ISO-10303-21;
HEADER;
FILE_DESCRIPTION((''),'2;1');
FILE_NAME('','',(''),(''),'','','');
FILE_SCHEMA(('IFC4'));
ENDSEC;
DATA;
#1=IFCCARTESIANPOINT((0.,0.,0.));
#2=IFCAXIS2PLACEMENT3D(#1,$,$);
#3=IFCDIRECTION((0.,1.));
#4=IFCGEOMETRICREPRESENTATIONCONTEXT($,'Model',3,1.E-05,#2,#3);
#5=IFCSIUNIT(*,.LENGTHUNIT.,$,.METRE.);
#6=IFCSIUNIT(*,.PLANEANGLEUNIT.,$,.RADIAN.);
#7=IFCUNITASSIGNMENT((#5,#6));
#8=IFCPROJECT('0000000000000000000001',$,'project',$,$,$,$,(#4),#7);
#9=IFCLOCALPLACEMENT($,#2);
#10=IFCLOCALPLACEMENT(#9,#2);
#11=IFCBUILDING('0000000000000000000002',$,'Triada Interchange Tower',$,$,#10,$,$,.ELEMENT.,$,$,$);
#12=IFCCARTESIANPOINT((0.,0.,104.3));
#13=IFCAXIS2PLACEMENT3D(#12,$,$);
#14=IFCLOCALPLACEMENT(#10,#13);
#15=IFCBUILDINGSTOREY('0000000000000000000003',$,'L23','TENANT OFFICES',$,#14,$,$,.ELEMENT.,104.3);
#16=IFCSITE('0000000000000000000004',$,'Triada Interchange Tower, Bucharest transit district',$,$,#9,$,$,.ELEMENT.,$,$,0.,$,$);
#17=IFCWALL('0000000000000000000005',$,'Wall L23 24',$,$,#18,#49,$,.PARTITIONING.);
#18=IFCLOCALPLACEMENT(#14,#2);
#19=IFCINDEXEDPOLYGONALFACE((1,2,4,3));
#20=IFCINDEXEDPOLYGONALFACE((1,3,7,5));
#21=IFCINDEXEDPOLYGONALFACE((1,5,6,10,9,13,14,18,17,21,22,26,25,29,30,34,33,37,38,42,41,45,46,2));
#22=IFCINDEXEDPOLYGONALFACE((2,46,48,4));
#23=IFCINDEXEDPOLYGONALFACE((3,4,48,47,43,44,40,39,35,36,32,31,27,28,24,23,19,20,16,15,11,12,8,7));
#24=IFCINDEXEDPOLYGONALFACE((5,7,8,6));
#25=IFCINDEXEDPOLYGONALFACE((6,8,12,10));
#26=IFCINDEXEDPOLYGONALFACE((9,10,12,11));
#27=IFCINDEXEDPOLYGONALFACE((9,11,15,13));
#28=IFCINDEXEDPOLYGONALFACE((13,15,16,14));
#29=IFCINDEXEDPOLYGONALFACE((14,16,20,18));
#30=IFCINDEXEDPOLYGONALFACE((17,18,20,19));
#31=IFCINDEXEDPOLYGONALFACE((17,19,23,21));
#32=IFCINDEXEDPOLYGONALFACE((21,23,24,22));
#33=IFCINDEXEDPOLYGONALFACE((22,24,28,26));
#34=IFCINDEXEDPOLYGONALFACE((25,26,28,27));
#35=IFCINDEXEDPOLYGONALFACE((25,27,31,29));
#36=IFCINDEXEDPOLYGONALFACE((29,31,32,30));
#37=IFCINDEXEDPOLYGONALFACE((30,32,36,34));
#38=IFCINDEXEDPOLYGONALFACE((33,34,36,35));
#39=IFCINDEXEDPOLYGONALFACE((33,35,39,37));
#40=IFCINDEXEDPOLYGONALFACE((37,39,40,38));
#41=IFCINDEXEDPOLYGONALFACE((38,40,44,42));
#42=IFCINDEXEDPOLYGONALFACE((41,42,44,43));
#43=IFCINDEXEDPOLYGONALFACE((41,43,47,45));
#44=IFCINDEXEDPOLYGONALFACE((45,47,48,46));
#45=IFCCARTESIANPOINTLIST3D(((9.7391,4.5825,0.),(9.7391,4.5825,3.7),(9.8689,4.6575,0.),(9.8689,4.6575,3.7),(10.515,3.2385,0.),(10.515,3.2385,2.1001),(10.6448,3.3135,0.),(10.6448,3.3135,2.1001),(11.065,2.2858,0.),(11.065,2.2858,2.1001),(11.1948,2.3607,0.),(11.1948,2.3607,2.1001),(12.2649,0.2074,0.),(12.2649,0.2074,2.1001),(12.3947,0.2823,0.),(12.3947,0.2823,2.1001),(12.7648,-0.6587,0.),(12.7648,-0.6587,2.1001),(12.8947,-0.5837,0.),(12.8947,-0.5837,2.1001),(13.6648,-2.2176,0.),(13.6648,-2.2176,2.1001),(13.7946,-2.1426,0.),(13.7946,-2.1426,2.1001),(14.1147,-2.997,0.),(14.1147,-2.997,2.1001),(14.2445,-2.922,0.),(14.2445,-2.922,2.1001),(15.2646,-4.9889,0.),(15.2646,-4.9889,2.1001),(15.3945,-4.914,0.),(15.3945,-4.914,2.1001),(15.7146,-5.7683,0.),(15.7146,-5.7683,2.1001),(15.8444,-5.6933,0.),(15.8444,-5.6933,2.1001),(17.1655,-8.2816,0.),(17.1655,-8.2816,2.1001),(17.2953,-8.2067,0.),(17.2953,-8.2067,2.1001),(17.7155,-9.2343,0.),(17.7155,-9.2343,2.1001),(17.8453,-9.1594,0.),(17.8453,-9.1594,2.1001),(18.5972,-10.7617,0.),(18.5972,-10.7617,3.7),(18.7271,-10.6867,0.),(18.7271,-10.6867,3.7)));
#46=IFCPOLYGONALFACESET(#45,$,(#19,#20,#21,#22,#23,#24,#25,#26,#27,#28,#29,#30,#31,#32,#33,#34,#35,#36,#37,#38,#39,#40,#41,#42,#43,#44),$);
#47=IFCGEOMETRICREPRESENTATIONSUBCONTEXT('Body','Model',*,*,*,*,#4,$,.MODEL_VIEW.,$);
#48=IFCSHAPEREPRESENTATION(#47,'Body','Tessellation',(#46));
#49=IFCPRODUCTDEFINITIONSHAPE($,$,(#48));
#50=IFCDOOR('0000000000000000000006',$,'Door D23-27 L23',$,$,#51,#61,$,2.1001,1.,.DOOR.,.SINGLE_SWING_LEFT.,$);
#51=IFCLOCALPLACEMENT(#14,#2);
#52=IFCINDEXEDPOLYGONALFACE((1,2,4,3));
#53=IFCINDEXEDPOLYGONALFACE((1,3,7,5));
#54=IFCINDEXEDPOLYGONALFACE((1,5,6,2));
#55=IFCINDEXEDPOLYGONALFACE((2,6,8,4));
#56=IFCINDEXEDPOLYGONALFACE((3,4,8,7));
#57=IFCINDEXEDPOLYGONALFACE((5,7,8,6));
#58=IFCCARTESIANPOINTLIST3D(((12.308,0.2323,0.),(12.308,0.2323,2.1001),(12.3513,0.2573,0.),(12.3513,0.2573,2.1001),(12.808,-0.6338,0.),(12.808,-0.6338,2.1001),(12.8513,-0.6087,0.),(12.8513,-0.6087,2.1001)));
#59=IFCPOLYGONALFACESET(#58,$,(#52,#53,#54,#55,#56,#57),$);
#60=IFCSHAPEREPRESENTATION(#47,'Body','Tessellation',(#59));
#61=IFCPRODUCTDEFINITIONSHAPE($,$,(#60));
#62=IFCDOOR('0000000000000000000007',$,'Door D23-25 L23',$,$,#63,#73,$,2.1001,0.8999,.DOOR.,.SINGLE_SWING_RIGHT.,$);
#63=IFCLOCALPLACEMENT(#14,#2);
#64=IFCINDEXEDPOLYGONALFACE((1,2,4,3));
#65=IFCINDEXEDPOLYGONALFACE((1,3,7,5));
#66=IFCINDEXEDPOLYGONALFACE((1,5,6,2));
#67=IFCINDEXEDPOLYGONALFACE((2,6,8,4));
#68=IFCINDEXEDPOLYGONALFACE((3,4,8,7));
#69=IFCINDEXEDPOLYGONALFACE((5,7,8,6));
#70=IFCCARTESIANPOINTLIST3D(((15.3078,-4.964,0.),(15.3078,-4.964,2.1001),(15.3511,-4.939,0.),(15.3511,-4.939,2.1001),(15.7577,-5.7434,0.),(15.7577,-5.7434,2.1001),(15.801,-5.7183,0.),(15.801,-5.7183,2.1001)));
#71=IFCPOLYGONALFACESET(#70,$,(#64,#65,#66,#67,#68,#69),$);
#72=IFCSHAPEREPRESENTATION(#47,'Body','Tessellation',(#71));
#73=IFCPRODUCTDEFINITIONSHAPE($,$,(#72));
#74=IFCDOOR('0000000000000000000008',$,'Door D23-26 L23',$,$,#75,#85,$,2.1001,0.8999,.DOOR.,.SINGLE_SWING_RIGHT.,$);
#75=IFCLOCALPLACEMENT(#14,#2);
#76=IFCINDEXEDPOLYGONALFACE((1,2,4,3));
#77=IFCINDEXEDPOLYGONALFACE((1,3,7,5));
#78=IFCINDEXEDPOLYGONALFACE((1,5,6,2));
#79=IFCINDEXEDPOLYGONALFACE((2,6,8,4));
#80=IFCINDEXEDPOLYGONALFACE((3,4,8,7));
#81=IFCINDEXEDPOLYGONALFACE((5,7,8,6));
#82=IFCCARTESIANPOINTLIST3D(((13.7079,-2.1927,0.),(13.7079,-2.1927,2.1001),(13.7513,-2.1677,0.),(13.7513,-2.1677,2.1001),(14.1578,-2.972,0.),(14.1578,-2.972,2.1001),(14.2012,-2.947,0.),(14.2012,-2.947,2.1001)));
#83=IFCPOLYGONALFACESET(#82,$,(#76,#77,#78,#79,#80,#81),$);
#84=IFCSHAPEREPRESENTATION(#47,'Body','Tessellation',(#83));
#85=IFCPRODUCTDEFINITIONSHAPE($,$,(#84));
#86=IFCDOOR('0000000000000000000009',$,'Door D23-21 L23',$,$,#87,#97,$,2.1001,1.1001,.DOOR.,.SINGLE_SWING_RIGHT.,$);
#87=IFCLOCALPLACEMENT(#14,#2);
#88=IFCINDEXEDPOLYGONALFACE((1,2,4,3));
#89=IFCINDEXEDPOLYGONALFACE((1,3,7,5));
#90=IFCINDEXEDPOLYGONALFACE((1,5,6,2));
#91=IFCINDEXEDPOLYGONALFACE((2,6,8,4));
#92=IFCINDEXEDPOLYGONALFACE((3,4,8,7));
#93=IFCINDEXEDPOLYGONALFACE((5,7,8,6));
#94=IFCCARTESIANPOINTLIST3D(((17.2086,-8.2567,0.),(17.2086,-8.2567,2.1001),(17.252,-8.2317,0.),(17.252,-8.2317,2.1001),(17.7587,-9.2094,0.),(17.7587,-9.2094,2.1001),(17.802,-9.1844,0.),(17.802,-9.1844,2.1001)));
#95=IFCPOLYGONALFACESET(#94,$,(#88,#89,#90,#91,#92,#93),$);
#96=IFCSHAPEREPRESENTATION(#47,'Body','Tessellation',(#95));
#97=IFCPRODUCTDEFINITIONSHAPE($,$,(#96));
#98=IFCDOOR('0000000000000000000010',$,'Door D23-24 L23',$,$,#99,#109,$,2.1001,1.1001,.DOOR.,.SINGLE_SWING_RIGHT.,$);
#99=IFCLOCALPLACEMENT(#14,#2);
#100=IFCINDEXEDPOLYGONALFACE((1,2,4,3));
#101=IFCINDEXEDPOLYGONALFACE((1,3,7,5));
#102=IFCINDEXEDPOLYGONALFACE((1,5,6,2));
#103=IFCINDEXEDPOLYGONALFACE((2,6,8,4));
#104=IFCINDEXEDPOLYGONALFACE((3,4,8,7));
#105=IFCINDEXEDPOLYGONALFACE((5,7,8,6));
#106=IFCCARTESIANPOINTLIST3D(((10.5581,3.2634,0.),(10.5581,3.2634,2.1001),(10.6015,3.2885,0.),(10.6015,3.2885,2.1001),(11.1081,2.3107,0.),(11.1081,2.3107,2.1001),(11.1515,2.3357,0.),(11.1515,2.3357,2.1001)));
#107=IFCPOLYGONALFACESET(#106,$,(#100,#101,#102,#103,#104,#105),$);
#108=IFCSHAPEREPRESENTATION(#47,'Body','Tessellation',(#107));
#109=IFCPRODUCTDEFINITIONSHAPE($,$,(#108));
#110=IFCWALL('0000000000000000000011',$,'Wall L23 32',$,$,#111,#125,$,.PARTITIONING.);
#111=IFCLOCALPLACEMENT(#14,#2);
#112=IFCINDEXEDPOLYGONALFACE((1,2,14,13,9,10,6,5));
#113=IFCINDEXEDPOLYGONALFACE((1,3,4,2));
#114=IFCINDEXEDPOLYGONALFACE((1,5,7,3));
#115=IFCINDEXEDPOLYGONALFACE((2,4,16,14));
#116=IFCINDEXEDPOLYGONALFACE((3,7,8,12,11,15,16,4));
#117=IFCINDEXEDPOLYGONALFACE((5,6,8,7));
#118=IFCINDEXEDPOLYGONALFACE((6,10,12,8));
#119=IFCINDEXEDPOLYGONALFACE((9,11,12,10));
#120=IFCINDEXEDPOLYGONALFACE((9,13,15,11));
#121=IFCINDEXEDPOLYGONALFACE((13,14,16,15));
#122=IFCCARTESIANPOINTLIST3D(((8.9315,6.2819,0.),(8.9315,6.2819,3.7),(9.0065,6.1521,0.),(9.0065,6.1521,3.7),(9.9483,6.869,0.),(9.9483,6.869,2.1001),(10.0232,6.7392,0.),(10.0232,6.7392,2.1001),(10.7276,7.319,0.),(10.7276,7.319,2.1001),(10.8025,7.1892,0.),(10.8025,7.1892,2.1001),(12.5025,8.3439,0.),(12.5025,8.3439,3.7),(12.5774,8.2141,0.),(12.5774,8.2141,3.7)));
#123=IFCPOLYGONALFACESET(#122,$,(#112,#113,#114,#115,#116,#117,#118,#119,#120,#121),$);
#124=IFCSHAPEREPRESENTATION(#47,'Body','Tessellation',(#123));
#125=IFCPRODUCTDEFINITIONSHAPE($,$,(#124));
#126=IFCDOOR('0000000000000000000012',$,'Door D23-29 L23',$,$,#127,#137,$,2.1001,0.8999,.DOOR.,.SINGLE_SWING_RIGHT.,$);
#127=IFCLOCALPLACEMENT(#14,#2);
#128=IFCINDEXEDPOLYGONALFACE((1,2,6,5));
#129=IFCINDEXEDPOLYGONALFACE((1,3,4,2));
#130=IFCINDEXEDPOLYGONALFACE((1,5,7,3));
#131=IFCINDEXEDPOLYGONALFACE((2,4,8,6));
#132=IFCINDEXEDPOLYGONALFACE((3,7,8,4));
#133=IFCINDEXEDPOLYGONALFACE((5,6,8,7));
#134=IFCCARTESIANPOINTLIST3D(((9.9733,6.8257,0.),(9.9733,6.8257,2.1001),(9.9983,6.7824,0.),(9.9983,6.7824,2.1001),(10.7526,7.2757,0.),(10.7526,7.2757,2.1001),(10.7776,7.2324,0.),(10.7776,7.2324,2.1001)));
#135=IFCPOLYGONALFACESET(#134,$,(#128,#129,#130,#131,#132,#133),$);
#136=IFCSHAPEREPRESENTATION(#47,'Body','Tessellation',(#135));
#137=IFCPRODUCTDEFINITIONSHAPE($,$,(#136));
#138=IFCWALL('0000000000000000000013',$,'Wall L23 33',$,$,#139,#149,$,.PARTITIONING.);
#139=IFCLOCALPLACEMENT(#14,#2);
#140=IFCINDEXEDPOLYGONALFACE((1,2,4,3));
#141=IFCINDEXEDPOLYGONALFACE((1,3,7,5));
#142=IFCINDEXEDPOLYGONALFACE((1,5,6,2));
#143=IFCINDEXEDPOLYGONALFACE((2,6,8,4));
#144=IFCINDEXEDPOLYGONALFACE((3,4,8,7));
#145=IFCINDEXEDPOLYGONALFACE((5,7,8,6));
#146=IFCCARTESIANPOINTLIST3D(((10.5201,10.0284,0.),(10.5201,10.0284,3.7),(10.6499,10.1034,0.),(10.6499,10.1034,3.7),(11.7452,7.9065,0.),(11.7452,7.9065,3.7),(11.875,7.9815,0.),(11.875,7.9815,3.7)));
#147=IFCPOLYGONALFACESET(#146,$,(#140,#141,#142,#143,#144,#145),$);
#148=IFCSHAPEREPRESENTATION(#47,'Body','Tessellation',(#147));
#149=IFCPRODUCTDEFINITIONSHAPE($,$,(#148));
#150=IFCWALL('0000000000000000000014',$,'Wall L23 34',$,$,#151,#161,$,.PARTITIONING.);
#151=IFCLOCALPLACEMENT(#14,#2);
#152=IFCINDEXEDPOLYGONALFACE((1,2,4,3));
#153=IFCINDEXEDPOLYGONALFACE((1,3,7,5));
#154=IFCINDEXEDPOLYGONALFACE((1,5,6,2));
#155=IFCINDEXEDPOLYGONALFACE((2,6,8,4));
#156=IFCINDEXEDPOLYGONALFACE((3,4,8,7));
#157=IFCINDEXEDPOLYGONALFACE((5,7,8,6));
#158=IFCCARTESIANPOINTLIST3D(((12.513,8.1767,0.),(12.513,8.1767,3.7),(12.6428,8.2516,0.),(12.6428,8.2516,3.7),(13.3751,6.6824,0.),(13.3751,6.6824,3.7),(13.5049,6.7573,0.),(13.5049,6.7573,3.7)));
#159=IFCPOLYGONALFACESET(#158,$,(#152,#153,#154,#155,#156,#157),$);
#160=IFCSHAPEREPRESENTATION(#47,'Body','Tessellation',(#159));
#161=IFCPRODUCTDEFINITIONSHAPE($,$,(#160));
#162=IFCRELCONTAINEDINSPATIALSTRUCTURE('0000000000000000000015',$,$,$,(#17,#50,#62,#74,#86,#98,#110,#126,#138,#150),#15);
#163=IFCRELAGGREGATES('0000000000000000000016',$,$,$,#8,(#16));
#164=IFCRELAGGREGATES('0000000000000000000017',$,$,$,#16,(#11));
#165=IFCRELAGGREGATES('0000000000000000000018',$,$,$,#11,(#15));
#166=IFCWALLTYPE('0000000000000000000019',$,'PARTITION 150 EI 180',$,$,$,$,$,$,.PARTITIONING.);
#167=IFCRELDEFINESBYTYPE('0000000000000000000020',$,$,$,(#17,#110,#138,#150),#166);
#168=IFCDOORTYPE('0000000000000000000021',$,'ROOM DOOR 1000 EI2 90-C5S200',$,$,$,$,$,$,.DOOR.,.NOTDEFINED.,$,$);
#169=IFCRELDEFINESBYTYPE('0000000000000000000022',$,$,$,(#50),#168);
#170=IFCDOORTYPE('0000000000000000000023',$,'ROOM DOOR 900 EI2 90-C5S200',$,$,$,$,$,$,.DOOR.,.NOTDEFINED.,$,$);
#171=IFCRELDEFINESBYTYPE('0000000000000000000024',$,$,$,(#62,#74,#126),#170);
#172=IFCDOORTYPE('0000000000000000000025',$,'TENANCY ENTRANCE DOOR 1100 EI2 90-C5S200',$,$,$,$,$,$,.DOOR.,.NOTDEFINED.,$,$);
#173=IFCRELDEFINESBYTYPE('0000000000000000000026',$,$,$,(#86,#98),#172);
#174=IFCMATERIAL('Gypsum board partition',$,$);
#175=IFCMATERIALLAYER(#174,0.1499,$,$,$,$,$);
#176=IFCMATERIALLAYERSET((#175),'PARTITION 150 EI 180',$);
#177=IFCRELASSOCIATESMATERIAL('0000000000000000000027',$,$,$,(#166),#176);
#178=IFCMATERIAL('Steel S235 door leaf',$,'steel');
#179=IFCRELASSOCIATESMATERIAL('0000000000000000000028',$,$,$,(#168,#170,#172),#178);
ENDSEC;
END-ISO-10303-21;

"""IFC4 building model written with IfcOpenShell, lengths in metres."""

from ifc_helpers import new_model, si_unit, direction, frame, frame_2d, origin, place, context, subcontext, project, spatial, rectangle, extrude, material, layer, layer_set, type_object, element, fill, save


model = new_model("IFC4")

# Units and contexts
model_context = context("Model", 3, precision=1e-05, world=origin(), true_north=direction((0.0, 1.0)))
body_context = subcontext(model_context, "Body", "Model", "MODEL_VIEW")
ifc_project = project(units=[si_unit("LENGTHUNIT", "METRE"), si_unit("PLANEANGLEUNIT", "RADIAN")], contexts=[model_context])

# Site, building, storey
site_placement = place(None, origin())
site = spatial("IfcSite", under=ifc_project, at=site_placement, Name="Triada Interchange Tower, Bucharest transit district", CompositionType="ELEMENT", RefElevation=0.0)
building_placement = place(site_placement, origin())
building = spatial("IfcBuilding", under=site, at=building_placement, Name="Triada Interchange Tower", CompositionType="ELEMENT")
storey_placement = place(building_placement, frame((0.0, 0.0, 104.3)))
storey = spatial("IfcBuildingStorey", under=building, at=storey_placement, Name="L23", Description="TENANT OFFICES", CompositionType="ELEMENT", Elevation=104.3)

# Shared definitions
ifc_material_1 = material(Name="Gypsum board partition")
ifc_layer_1 = layer(ifc_material_1, 0.1499)
ifc_layer_set_1 = layer_set([ifc_layer_1], Name="PARTITION 150 EI 180")
wall_type = type_object("IfcWallType", Name="PARTITION 150 EI 180", PredefinedType="PARTITIONING", material=ifc_layer_set_1)

# Wall, openings, doors
wall_1_placement = place(storey_placement, frame((9.804, 4.6201, 0.0), z_axis=(0.0, 0.0, 1.0), x_axis=(0.499964, -0.866046, 0.0)))
wall_1 = element("IfcWall", 1, at=wall_1_placement, inside=storey, type_object=wall_type, Name="Wall L23 24", PredefinedType="PARTITIONING", context=body_context, shape_type="SweptSolid", body=[
    extrude(rectangle(XDim=17.7175, YDim=0.1499, at=frame_2d((8.8589, 0.0))), origin(), (0.0, 0.0, 1.0), 3.7),
])
opening_1_placement = place(wall_1_placement, frame((14.854, 0.0, 0.0)))
opening_1 = element("IfcOpeningElement", 2, at=opening_1_placement, cuts=wall_1, PredefinedType="OPENING", context=body_context, shape_type="SweptSolid", body=[
    extrude(rectangle(XDim=1.1001, YDim=2.1001, at=frame_2d((0.55, 1.05))), frame((0.0, 0.085, 0.0), z_axis=(0.0, -1.0, 0.0), x_axis=(1.0, 0.0, 0.0)), (0.0, 0.0, 1.0), 0.1699),
])
opening_2_placement = place(wall_1_placement, frame((1.552, 0.0, 0.0)))
opening_2 = element("IfcOpeningElement", 3, at=opening_2_placement, cuts=wall_1, PredefinedType="OPENING", context=body_context, shape_type="SweptSolid", body=[
    extrude(rectangle(XDim=1.1001, YDim=2.1001, at=frame_2d((0.55, 1.05))), frame((0.0, 0.085, 0.0), z_axis=(0.0, -1.0, 0.0), x_axis=(1.0, 0.0, 0.0)), (0.0, 0.0, 1.0), 0.1699),
])
opening_3_placement = place(wall_1_placement, frame((11.052, 0.0, 0.0)))
opening_3 = element("IfcOpeningElement", 4, at=opening_3_placement, cuts=wall_1, PredefinedType="OPENING", context=body_context, shape_type="SweptSolid", body=[
    extrude(rectangle(XDim=0.8999, YDim=2.1001, at=frame_2d((0.45, 1.05))), frame((0.0, 0.085, 0.0), z_axis=(0.0, -1.0, 0.0), x_axis=(1.0, 0.0, 0.0)), (0.0, 0.0, 1.0), 0.1699),
])
opening_4_placement = place(wall_1_placement, frame((7.8521, 0.0, 0.0)))
opening_4 = element("IfcOpeningElement", 5, at=opening_4_placement, cuts=wall_1, PredefinedType="OPENING", context=body_context, shape_type="SweptSolid", body=[
    extrude(rectangle(XDim=0.8999, YDim=2.1001, at=frame_2d((0.45, 1.05))), frame((0.0, 0.085, 0.0), z_axis=(0.0, -1.0, 0.0), x_axis=(1.0, 0.0, 0.0)), (0.0, 0.0, 1.0), 0.1699),
])
opening_5_placement = place(wall_1_placement, frame((5.052, 0.0, 0.0)))
opening_5 = element("IfcOpeningElement", 6, at=opening_5_placement, cuts=wall_1, PredefinedType="OPENING", context=body_context, shape_type="SweptSolid", body=[
    extrude(rectangle(XDim=1.0, YDim=2.1001, at=frame_2d((0.5, 1.05))), frame((0.0, 0.085, 0.0), z_axis=(0.0, -1.0, 0.0), x_axis=(1.0, 0.0, 0.0)), (0.0, 0.0, 1.0), 0.1699),
])
ifc_material_2 = material(Name="Steel S235 door leaf", Category="steel")
door_type_1 = type_object("IfcDoorType", Name="ROOM DOOR 1000 EI2 90-C5S200", OperationType="NOTDEFINED", PredefinedType="DOOR", material=ifc_material_2)
door_1_placement = place(opening_5_placement, origin())
door_1 = element("IfcDoor", 7, at=door_1_placement, inside=storey, type_object=door_type_1, Name="Door D23-27 L23", OperationType="SINGLE_SWING_LEFT", OverallHeight=2.1001, OverallWidth=1.0, PredefinedType="DOOR", context=body_context, shape_type="SweptSolid", body=[
    extrude(rectangle(XDim=1.0, YDim=2.1001, at=frame_2d((0.5, 1.05))), frame((0.0, 0.0249, 0.0), z_axis=(0.0, -1.0, 0.0), x_axis=(1.0, 0.0, 0.0)), (0.0, 0.0, 1.0), 0.05),
])
fill(opening_5, door_1)
door_type_2 = type_object("IfcDoorType", Name="ROOM DOOR 900 EI2 90-C5S200", OperationType="NOTDEFINED", PredefinedType="DOOR", material=ifc_material_2)
door_2_placement = place(opening_3_placement, origin())
door_2 = element("IfcDoor", 8, at=door_2_placement, inside=storey, type_object=door_type_2, Name="Door D23-25 L23", OperationType="SINGLE_SWING_RIGHT", OverallHeight=2.1001, OverallWidth=0.8999, PredefinedType="DOOR", context=body_context, shape_type="SweptSolid", body=[
    extrude(rectangle(XDim=0.8999, YDim=2.1001, at=frame_2d((0.45, 1.05))), frame((0.0, 0.0249, 0.0), z_axis=(0.0, -1.0, 0.0), x_axis=(1.0, 0.0, 0.0)), (0.0, 0.0, 1.0), 0.05),
])
fill(opening_3, door_2)
door_3_placement = place(opening_4_placement, origin())
door_3 = element("IfcDoor", 9, at=door_3_placement, inside=storey, type_object=door_type_2, Name="Door D23-26 L23", OperationType="SINGLE_SWING_RIGHT", OverallHeight=2.1001, OverallWidth=0.8999, PredefinedType="DOOR", context=body_context, shape_type="SweptSolid", body=[
    extrude(rectangle(XDim=0.8999, YDim=2.1001, at=frame_2d((0.45, 1.05))), frame((0.0, 0.0249, 0.0), z_axis=(0.0, -1.0, 0.0), x_axis=(1.0, 0.0, 0.0)), (0.0, 0.0, 1.0), 0.05),
])
fill(opening_4, door_3)
door_type_3 = type_object("IfcDoorType", Name="TENANCY ENTRANCE DOOR 1100 EI2 90-C5S200", OperationType="NOTDEFINED", PredefinedType="DOOR", material=ifc_material_2)
door_4_placement = place(opening_1_placement, origin())
door_4 = element("IfcDoor", 10, at=door_4_placement, inside=storey, type_object=door_type_3, Name="Door D23-21 L23", OperationType="SINGLE_SWING_RIGHT", OverallHeight=2.1001, OverallWidth=1.1001, PredefinedType="DOOR", context=body_context, shape_type="SweptSolid", body=[
    extrude(rectangle(XDim=1.1001, YDim=2.1001, at=frame_2d((0.55, 1.05))), frame((0.0, 0.0249, 0.0), z_axis=(0.0, -1.0, 0.0), x_axis=(1.0, 0.0, 0.0)), (0.0, 0.0, 1.0), 0.05),
])
fill(opening_1, door_4)
door_5_placement = place(opening_2_placement, origin())
door_5 = element("IfcDoor", 11, at=door_5_placement, inside=storey, type_object=door_type_3, Name="Door D23-24 L23", OperationType="SINGLE_SWING_RIGHT", OverallHeight=2.1001, OverallWidth=1.1001, PredefinedType="DOOR", context=body_context, shape_type="SweptSolid", body=[
    extrude(rectangle(XDim=1.1001, YDim=2.1001, at=frame_2d((0.55, 1.05))), frame((0.0, 0.0249, 0.0), z_axis=(0.0, -1.0, 0.0), x_axis=(1.0, 0.0, 0.0)), (0.0, 0.0, 1.0), 0.05),
])
fill(opening_2, door_5)

# Wall, opening, door
wall_2_placement = place(storey_placement, frame((8.969, 6.217, 0.0), z_axis=(0.0, 0.0, 1.0), x_axis=(0.865997, 0.500049, 0.0)))
wall_2 = element("IfcWall", 12, at=wall_2_placement, inside=storey, type_object=wall_type, Name="Wall L23 32", PredefinedType="PARTITIONING", context=body_context, shape_type="SweptSolid", body=[
    extrude(rectangle(XDim=4.1235, YDim=0.1499, at=frame_2d((2.0618, 0.0))), origin(), (0.0, 0.0, 1.0), 3.7),
])
opening_6_placement = place(wall_2_placement, frame((1.1741, 0.0, 0.0)))
opening_6 = element("IfcOpeningElement", 13, at=opening_6_placement, cuts=wall_2, PredefinedType="OPENING", context=body_context, shape_type="SweptSolid", body=[
    extrude(rectangle(XDim=0.8999, YDim=2.1001, at=frame_2d((0.45, 1.05))), frame((0.0, 0.085, 0.0), z_axis=(0.0, -1.0, 0.0), x_axis=(1.0, 0.0, 0.0)), (0.0, 0.0, 1.0), 0.1699),
])
door_6_placement = place(opening_6_placement, origin())
door_6 = element("IfcDoor", 14, at=door_6_placement, inside=storey, type_object=door_type_2, Name="Door D23-29 L23", OperationType="SINGLE_SWING_RIGHT", OverallHeight=2.1001, OverallWidth=0.8999, PredefinedType="DOOR", context=body_context, shape_type="SweptSolid", body=[
    extrude(rectangle(XDim=0.8999, YDim=2.1001, at=frame_2d((0.45, 1.05))), frame((0.0, 0.0249, 0.0), z_axis=(0.0, -1.0, 0.0), x_axis=(1.0, 0.0, 0.0)), (0.0, 0.0, 1.0), 0.05),
])
fill(opening_6, door_6)

# Walls
wall_3_placement = place(storey_placement, frame((10.585, 10.0659, 0.0), z_axis=(0.0, 0.0, 1.0), x_axis=(0.500019, -0.866015, 0.0)))
element("IfcWall", 15, at=wall_3_placement, inside=storey, type_object=wall_type, Name="Wall L23 33", PredefinedType="PARTITIONING", context=body_context, shape_type="SweptSolid", body=[
    extrude(rectangle(XDim=2.4502, YDim=0.1499, at=frame_2d((1.2251, 0.0))), origin(), (0.0, 0.0, 1.0), 3.7),
])
wall_4_placement = place(storey_placement, frame((12.5779, 8.2141, 0.0), z_axis=(0.0, 0.0, 1.0), x_axis=(0.499747, -0.866171, 0.0)))
element("IfcWall", 16, at=wall_4_placement, inside=storey, type_object=wall_type, Name="Wall L23 34", PredefinedType="PARTITIONING", context=body_context, shape_type="SweptSolid", body=[
    extrude(rectangle(XDim=1.7251, YDim=0.1499, at=frame_2d((0.8625, 0.0))), origin(), (0.0, 0.0, 1.0), 3.7),
])

save(model, "model.ifc")
